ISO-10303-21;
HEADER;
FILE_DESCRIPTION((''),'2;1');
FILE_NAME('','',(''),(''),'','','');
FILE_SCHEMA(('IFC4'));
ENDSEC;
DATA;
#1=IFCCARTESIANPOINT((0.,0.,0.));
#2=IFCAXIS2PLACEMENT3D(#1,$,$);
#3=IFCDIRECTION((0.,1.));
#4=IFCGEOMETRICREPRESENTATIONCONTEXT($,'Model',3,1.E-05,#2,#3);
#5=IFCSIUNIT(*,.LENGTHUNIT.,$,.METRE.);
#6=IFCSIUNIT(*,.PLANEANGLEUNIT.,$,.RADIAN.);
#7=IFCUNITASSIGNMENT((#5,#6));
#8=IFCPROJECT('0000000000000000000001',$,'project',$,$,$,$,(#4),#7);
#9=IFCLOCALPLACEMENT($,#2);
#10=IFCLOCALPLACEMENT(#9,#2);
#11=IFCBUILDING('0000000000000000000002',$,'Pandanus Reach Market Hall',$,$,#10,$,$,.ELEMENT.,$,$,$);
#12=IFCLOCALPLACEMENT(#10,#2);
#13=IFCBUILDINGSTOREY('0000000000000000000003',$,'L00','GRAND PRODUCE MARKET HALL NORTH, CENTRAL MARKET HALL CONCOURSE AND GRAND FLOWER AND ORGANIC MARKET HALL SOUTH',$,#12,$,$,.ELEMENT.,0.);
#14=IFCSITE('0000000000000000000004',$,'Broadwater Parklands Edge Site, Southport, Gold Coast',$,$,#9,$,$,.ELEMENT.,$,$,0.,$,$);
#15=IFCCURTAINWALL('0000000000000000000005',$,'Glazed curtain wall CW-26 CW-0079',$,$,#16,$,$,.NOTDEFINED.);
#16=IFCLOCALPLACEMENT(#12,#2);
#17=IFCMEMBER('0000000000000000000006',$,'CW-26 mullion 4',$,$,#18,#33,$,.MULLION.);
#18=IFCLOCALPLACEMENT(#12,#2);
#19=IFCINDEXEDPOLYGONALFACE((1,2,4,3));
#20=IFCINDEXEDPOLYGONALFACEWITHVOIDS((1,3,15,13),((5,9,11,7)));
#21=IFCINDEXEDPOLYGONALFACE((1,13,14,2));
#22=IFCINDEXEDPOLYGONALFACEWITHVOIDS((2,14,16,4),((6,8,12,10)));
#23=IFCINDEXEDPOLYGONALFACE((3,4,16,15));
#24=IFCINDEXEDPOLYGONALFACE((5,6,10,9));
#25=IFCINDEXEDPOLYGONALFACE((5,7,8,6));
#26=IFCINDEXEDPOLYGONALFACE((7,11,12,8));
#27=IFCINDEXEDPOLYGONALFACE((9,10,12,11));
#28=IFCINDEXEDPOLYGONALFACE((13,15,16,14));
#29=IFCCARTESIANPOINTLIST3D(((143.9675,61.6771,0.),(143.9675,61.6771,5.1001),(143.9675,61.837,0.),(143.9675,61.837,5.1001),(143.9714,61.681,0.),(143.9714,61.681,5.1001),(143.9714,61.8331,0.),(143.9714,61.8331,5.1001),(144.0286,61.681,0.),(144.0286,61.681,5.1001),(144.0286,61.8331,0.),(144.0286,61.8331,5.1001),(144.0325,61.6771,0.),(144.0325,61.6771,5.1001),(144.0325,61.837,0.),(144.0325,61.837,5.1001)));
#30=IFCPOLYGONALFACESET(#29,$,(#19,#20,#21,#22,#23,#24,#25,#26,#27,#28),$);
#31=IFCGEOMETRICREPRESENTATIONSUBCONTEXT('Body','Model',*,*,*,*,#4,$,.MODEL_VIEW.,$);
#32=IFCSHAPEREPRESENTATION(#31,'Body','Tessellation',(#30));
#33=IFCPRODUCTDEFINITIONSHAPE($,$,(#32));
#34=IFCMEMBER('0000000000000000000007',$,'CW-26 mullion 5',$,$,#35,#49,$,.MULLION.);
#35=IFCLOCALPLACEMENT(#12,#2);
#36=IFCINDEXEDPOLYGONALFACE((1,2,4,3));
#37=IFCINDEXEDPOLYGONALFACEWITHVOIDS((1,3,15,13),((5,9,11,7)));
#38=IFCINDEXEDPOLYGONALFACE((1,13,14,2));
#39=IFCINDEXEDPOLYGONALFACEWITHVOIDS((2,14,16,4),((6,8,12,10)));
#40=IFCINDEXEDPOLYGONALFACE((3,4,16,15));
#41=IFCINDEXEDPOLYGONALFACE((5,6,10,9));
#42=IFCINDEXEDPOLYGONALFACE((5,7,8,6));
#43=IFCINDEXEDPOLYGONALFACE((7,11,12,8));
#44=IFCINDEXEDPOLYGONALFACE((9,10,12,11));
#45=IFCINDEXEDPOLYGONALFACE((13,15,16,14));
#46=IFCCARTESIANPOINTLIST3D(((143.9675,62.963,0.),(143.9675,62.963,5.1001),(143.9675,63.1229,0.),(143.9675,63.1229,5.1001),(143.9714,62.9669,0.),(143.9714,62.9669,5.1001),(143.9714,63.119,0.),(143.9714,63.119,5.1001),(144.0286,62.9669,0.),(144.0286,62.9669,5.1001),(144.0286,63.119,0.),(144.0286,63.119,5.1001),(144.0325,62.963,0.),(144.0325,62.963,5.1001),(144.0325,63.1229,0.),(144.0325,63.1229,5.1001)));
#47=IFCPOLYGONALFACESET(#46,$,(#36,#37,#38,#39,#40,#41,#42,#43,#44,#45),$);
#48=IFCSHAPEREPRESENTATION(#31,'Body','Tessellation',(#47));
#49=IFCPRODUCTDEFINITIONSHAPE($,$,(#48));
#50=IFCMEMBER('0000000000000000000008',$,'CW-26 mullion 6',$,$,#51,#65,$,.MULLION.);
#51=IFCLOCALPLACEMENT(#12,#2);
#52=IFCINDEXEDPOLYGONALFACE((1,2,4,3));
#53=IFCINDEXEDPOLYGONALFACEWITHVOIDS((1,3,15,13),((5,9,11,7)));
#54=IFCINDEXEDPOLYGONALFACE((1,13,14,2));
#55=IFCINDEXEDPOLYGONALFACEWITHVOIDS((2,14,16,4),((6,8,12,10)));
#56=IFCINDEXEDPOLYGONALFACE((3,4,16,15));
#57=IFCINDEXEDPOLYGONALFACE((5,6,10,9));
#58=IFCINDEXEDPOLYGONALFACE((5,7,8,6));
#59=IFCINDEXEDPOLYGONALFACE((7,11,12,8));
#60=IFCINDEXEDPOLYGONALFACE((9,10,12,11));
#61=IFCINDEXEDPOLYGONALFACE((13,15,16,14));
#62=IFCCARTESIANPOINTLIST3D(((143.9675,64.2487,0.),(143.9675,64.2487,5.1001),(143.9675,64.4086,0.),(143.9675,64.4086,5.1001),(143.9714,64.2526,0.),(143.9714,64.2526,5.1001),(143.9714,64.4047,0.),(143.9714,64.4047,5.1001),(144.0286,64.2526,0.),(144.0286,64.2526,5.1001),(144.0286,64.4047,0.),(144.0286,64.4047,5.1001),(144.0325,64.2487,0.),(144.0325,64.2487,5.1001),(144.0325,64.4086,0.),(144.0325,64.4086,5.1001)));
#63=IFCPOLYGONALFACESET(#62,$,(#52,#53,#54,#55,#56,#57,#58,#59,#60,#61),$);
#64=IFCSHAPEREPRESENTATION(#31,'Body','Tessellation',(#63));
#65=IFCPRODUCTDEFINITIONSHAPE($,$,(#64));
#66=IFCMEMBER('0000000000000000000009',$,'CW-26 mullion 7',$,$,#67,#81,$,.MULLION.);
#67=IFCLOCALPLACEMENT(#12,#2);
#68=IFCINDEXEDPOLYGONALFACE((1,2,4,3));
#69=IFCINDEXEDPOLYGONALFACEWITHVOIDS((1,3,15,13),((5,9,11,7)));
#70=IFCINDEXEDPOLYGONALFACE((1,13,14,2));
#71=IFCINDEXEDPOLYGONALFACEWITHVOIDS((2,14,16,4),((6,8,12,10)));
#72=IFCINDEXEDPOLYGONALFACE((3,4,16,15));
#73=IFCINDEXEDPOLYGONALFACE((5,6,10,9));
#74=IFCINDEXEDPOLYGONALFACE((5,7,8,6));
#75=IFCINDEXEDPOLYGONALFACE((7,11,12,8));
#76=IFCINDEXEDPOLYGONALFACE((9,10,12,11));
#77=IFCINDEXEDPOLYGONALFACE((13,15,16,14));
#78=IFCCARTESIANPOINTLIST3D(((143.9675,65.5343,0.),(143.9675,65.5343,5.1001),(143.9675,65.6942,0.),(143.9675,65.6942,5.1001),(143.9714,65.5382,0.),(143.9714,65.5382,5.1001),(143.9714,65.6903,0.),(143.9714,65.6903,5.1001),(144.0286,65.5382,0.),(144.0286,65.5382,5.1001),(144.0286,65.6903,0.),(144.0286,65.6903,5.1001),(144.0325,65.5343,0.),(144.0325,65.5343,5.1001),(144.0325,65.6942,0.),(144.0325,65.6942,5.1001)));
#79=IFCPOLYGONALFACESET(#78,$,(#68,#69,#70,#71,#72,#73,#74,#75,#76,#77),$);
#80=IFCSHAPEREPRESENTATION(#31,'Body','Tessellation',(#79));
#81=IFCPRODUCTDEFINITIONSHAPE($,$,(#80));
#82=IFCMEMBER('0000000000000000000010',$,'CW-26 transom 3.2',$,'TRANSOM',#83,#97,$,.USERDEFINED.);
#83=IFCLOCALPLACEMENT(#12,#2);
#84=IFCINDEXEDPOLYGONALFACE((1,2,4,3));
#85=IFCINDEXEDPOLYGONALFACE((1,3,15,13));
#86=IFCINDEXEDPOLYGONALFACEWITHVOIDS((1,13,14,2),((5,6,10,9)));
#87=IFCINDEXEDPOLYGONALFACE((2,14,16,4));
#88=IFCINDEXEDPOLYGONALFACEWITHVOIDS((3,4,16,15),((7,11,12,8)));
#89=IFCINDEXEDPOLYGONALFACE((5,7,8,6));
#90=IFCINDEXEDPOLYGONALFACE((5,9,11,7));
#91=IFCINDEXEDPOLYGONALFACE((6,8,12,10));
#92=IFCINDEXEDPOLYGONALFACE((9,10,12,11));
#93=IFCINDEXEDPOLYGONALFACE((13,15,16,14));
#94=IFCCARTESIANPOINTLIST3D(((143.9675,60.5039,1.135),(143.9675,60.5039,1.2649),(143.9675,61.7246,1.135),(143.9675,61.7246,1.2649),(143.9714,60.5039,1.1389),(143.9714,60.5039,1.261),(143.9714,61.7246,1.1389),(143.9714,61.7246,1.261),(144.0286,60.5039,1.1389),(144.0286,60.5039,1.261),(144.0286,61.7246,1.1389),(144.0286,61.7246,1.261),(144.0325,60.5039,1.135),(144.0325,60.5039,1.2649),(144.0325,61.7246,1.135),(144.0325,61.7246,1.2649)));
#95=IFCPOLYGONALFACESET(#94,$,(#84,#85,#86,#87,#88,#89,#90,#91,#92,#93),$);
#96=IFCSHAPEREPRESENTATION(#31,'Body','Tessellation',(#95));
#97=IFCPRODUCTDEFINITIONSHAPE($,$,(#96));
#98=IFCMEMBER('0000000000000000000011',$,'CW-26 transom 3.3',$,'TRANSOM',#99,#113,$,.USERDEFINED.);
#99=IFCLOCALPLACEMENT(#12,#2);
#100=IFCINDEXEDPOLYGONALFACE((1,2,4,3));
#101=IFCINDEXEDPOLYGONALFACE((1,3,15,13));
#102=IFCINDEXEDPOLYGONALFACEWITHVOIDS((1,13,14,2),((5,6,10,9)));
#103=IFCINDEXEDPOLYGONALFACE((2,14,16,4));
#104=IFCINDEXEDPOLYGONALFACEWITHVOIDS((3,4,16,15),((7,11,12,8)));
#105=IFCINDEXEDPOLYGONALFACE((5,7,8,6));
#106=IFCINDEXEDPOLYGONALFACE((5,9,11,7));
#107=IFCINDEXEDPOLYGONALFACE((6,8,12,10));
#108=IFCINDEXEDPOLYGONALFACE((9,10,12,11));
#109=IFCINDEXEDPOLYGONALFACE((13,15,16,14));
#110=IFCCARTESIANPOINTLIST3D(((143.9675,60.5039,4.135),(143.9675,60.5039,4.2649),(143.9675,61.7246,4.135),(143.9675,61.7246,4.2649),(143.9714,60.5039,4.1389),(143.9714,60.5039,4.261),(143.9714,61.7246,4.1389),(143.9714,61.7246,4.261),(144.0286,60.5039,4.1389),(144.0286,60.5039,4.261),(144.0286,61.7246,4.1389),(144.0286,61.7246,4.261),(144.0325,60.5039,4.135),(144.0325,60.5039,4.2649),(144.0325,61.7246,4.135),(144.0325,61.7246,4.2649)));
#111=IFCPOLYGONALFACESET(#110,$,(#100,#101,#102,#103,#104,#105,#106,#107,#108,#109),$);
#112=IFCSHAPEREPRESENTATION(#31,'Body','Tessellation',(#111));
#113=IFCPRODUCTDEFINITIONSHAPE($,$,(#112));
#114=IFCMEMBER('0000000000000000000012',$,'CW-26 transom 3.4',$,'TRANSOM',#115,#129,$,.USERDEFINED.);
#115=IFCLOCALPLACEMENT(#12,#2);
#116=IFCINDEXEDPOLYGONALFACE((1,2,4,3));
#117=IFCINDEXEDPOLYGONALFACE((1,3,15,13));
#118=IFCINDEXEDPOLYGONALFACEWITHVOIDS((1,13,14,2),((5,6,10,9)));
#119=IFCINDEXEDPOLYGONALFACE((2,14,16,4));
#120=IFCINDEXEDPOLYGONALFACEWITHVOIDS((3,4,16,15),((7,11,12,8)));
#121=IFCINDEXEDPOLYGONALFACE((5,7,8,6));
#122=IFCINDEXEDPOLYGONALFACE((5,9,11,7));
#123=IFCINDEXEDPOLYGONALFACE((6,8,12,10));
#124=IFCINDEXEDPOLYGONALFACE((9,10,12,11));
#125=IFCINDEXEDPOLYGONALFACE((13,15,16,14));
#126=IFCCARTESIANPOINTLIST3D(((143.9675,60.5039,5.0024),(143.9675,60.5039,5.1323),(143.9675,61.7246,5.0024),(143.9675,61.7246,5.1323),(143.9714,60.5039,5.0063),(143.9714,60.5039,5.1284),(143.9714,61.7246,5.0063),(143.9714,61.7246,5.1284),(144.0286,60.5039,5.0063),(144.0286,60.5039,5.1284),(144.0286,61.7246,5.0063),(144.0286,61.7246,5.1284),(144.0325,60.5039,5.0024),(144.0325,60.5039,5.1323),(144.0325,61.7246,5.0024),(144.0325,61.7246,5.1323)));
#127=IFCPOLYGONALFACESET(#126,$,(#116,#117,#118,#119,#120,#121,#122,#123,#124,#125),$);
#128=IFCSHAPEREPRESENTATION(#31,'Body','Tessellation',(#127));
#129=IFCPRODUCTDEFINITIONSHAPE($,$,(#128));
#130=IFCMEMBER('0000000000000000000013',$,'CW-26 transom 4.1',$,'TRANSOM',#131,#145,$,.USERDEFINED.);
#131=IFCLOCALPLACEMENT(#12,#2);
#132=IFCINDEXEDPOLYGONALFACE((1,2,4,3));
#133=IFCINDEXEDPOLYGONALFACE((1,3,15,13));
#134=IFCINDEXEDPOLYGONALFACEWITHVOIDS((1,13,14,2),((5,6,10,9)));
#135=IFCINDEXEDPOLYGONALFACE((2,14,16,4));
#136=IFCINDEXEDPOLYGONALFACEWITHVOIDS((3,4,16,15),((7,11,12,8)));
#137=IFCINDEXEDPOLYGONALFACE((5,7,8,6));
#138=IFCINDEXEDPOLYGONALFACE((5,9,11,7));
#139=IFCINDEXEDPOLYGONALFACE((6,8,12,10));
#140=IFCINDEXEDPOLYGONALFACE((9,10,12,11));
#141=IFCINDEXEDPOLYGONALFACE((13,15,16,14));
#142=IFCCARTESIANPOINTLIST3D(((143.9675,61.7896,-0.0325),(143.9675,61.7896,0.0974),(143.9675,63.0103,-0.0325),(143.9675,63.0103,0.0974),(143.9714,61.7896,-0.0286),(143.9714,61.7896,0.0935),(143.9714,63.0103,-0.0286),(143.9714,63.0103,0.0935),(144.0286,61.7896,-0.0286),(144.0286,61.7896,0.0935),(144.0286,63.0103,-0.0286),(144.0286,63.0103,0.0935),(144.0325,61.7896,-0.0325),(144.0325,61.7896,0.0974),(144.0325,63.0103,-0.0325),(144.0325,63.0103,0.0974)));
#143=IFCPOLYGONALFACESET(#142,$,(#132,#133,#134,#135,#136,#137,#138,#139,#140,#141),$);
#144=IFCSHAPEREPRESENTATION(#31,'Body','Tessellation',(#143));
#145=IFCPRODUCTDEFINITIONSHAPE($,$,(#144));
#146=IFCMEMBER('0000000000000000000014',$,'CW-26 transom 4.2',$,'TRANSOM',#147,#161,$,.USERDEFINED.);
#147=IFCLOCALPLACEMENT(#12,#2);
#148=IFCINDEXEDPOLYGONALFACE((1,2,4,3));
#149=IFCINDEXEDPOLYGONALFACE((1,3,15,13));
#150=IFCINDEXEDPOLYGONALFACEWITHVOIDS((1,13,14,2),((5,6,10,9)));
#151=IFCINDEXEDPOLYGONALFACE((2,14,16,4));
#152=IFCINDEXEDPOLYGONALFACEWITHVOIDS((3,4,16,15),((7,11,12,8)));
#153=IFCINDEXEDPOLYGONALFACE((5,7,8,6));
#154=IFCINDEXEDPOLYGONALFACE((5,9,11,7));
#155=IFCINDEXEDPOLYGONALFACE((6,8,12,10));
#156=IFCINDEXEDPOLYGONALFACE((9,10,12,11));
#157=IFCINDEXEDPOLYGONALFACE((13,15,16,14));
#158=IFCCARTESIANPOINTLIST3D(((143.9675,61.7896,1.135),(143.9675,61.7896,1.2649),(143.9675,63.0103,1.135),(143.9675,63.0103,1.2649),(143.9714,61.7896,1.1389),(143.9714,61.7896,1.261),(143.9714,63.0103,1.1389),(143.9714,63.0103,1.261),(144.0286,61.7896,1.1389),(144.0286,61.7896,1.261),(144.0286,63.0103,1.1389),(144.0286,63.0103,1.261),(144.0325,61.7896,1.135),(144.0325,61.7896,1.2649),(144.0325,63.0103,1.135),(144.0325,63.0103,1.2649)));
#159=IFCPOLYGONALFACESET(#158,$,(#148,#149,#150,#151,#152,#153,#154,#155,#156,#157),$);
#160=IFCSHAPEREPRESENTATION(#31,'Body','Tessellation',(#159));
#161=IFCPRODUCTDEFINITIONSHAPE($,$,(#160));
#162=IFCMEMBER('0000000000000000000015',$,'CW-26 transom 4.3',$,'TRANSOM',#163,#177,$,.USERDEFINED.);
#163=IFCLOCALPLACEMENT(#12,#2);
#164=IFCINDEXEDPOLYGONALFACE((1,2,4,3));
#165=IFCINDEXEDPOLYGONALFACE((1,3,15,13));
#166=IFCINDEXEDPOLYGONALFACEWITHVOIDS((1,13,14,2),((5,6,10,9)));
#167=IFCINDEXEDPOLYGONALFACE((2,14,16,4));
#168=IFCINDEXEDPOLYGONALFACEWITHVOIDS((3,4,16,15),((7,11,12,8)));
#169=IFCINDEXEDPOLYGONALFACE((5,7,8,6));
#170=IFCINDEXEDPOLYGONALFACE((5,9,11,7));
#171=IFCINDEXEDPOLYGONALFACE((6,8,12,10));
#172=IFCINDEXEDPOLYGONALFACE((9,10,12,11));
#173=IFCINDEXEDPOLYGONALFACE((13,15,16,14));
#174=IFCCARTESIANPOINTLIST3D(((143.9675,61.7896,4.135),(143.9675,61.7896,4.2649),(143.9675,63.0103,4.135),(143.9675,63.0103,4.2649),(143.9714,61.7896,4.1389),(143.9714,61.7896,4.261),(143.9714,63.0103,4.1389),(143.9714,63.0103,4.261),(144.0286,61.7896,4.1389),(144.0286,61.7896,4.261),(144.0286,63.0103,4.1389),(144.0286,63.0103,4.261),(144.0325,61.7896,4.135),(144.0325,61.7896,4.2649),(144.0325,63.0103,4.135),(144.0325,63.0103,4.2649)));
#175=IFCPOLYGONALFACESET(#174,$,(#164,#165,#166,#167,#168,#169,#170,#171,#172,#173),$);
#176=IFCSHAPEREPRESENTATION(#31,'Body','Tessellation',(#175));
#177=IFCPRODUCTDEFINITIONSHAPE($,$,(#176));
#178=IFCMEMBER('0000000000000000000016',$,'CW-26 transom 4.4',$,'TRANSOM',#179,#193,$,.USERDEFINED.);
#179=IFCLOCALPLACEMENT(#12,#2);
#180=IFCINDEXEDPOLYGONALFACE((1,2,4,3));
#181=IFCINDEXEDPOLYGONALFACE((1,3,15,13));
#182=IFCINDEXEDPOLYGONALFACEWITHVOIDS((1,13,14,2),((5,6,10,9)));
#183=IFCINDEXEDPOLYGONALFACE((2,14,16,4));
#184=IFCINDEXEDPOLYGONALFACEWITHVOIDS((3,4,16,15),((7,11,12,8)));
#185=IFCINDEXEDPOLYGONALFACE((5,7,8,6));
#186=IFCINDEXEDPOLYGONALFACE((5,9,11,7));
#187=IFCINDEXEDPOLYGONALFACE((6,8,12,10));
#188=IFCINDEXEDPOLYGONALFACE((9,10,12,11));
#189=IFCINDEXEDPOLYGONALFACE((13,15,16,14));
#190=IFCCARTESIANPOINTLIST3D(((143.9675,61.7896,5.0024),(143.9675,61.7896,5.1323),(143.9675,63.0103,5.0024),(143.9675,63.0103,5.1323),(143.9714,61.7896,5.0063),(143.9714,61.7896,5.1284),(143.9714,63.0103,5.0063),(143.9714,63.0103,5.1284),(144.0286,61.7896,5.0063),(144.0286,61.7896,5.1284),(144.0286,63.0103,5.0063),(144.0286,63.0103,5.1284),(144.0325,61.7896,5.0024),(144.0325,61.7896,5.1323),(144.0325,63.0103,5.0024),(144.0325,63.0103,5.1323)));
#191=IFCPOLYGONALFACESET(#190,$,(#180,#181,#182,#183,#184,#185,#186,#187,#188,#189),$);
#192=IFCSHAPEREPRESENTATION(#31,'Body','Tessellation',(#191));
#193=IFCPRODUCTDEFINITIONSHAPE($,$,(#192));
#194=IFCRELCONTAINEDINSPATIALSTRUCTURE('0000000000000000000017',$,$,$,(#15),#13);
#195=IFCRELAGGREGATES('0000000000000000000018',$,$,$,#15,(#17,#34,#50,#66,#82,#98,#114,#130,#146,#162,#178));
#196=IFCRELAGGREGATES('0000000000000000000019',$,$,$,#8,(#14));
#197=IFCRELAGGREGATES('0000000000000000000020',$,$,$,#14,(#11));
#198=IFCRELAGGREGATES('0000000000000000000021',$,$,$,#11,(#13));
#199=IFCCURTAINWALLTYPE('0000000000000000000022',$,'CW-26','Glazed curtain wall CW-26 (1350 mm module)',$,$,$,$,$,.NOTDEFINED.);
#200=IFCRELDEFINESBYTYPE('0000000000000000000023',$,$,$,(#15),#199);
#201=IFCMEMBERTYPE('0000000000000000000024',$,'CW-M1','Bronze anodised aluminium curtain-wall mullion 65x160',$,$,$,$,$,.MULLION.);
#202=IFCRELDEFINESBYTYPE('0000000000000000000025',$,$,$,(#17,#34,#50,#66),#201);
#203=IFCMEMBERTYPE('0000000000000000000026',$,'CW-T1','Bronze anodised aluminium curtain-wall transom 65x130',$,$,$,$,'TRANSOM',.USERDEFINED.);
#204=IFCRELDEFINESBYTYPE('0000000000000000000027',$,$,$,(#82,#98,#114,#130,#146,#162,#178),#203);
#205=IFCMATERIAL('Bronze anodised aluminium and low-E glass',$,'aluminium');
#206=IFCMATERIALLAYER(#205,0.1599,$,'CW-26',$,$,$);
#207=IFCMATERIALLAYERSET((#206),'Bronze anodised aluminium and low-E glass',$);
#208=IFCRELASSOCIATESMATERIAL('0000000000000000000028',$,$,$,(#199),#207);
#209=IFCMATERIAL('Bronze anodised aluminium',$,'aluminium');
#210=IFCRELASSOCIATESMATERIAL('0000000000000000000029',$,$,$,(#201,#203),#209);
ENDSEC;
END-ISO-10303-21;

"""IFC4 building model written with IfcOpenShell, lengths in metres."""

from ifc_helpers import new_model, si_unit, direction, frame, origin, origin_2d, place, context, subcontext, project, spatial, hollow_rectangle, extrude, material, layer, layer_set, material_profile, profile_set, type_object, element, aggregate, save


model = new_model("IFC4")

# Units and contexts
model_context = context("Model", 3, precision=1e-05, world=origin(), true_north=direction((0.0, 1.0)))
body_context = subcontext(model_context, "Body", "Model", "MODEL_VIEW")
ifc_project = project(units=[si_unit("LENGTHUNIT", "METRE"), si_unit("PLANEANGLEUNIT", "RADIAN")], contexts=[model_context])

# Site, building, storey
site_placement = place(None, origin())
site = spatial("IfcSite", under=ifc_project, at=site_placement, Name="Broadwater Parklands Edge Site, Southport, Gold Coast", CompositionType="ELEMENT", RefElevation=0.0)
building_placement = place(site_placement, origin())
building = spatial("IfcBuilding", under=site, at=building_placement, Name="Pandanus Reach Market Hall", CompositionType="ELEMENT")
storey_placement = place(building_placement, origin())
storey = spatial("IfcBuildingStorey", under=building, at=storey_placement, Name="L00", Description="GRAND PRODUCE MARKET HALL NORTH, CENTRAL MARKET HALL CONCOURSE AND GRAND FLOWER AND ORGANIC MARKET HALL SOUTH", CompositionType="ELEMENT", Elevation=0.0)

# Curtain wall, members
ifc_material_1 = material(Name="Bronze anodised aluminium and low-E glass", Category="aluminium")
ifc_layer_1 = layer(ifc_material_1, 0.1599, Name="CW-26")
ifc_layer_set_1 = layer_set([ifc_layer_1], Name="Bronze anodised aluminium and low-E glass")
curtain_wall_type = type_object("IfcCurtainWallType", Name="CW-26", Description="Glazed curtain wall CW-26 (1350 mm module)", PredefinedType="NOTDEFINED", material=ifc_layer_set_1)
curtain_wall_placement = place(storey_placement, origin())
curtain_wall = element("IfcCurtainWall", 1, at=curtain_wall_placement, inside=storey, type_object=curtain_wall_type, Name="Glazed curtain wall CW-26 CW-0079", PredefinedType="NOTDEFINED")
ifc_material_2 = material(Name="Bronze anodised aluminium", Category="aluminium")
ifc_material_profile_1 = material_profile(ifc_material_2, hollow_rectangle(XDim=0.0649, YDim=0.1599, WallThickness=0.0039, at=origin_2d()), Name="ALU65x160", Category="LoadBearing")
ifc_profile_set_1 = profile_set([ifc_material_profile_1], Name="Bronze anodised aluminium")
member_type_1 = type_object("IfcMemberType", Name="CW-M1", Description="Bronze anodised aluminium curtain-wall mullion 65x160", PredefinedType="MULLION", material=ifc_profile_set_1)
member_1_placement = place(storey_placement, frame((144.0, 61.7571, 0.0), z_axis=(0.0, 0.0, 1.0), x_axis=(-1.0, 0.0, 0.0)))
member_1 = element("IfcMember", 2, at=member_1_placement, type_object=member_type_1, Name="CW-26 mullion 4", PredefinedType="MULLION", context=body_context, shape_type="SweptSolid", body=[
    extrude(hollow_rectangle(XDim=0.0649, YDim=0.1599, WallThickness=0.0039, at=origin_2d()), origin(), (0.0, 0.0, 1.0), 5.1001),
])
member_2_placement = place(storey_placement, frame((144.0, 63.043, 0.0), z_axis=(0.0, 0.0, 1.0), x_axis=(-1.0, 0.0, 0.0)))
member_2 = element("IfcMember", 3, at=member_2_placement, type_object=member_type_1, Name="CW-26 mullion 5", PredefinedType="MULLION", context=body_context, shape_type="SweptSolid", body=[
    extrude(hollow_rectangle(XDim=0.0649, YDim=0.1599, WallThickness=0.0039, at=origin_2d()), origin(), (0.0, 0.0, 1.0), 5.1001),
])
member_3_placement = place(storey_placement, frame((144.0, 64.3286, 0.0), z_axis=(0.0, 0.0, 1.0), x_axis=(-1.0, 0.0, 0.0)))
member_3 = element("IfcMember", 4, at=member_3_placement, type_object=member_type_1, Name="CW-26 mullion 6", PredefinedType="MULLION", context=body_context, shape_type="SweptSolid", body=[
    extrude(hollow_rectangle(XDim=0.0649, YDim=0.1599, WallThickness=0.0039, at=origin_2d()), origin(), (0.0, 0.0, 1.0), 5.1001),
])
member_4_placement = place(storey_placement, frame((144.0, 65.6143, 0.0), z_axis=(0.0, 0.0, 1.0), x_axis=(-1.0, 0.0, 0.0)))
member_4 = element("IfcMember", 5, at=member_4_placement, type_object=member_type_1, Name="CW-26 mullion 7", PredefinedType="MULLION", context=body_context, shape_type="SweptSolid", body=[
    extrude(hollow_rectangle(XDim=0.0649, YDim=0.1599, WallThickness=0.0039, at=origin_2d()), origin(), (0.0, 0.0, 1.0), 5.1001),
])
ifc_material_profile_2 = material_profile(ifc_material_2, hollow_rectangle(XDim=0.0649, YDim=0.1299, WallThickness=0.0039, at=origin_2d()), Name="ALU65x130", Category="LoadBearing")
ifc_profile_set_2 = profile_set([ifc_material_profile_2], Name="Bronze anodised aluminium")
member_type_2 = type_object("IfcMemberType", Name="CW-T1", Description="Bronze anodised aluminium curtain-wall transom 65x130", ElementType="TRANSOM", PredefinedType="USERDEFINED", material=ifc_profile_set_2)
member_5_placement = place(storey_placement, frame((144.0, 60.5039, 1.2), z_axis=(0.0, 1.0, 0.0), x_axis=(-1.0, 0.0, 0.0)))
member_5 = element("IfcMember", 6, at=member_5_placement, type_object=member_type_2, Name="CW-26 transom 3.2", ObjectType="TRANSOM", PredefinedType="USERDEFINED", context=body_context, shape_type="SweptSolid", body=[
    extrude(hollow_rectangle(XDim=0.0649, YDim=0.1299, WallThickness=0.0039, at=origin_2d()), origin(), (0.0, 0.0, 1.0), 1.2207),
])
member_6_placement = place(storey_placement, frame((144.0, 60.5039, 4.2), z_axis=(0.0, 1.0, 0.0), x_axis=(-1.0, 0.0, 0.0)))
member_6 = element("IfcMember", 7, at=member_6_placement, type_object=member_type_2, Name="CW-26 transom 3.3", ObjectType="TRANSOM", PredefinedType="USERDEFINED", context=body_context, shape_type="SweptSolid", body=[
    extrude(hollow_rectangle(XDim=0.0649, YDim=0.1299, WallThickness=0.0039, at=origin_2d()), origin(), (0.0, 0.0, 1.0), 1.2207),
])
member_7_placement = place(storey_placement, frame((144.0, 60.5039, 5.0674), z_axis=(0.0, 1.0, 0.0), x_axis=(-1.0, 0.0, 0.0)))
member_7 = element("IfcMember", 8, at=member_7_placement, type_object=member_type_2, Name="CW-26 transom 3.4", ObjectType="TRANSOM", PredefinedType="USERDEFINED", context=body_context, shape_type="SweptSolid", body=[
    extrude(hollow_rectangle(XDim=0.0649, YDim=0.1299, WallThickness=0.0039, at=origin_2d()), origin(), (0.0, 0.0, 1.0), 1.2207),
])
member_8_placement = place(storey_placement, frame((144.0, 61.7896, 0.0325), z_axis=(0.0, 1.0, 0.0), x_axis=(-1.0, 0.0, 0.0)))
member_8 = element("IfcMember", 9, at=member_8_placement, type_object=member_type_2, Name="CW-26 transom 4.1", ObjectType="TRANSOM", PredefinedType="USERDEFINED", context=body_context, shape_type="SweptSolid", body=[
    extrude(hollow_rectangle(XDim=0.0649, YDim=0.1299, WallThickness=0.0039, at=origin_2d()), origin(), (0.0, 0.0, 1.0), 1.2207),
])
member_9_placement = place(storey_placement, frame((144.0, 61.7896, 1.2), z_axis=(0.0, 1.0, 0.0), x_axis=(-1.0, 0.0, 0.0)))
member_9 = element("IfcMember", 10, at=member_9_placement, type_object=member_type_2, Name="CW-26 transom 4.2", ObjectType="TRANSOM", PredefinedType="USERDEFINED", context=body_context, shape_type="SweptSolid", body=[
    extrude(hollow_rectangle(XDim=0.0649, YDim=0.1299, WallThickness=0.0039, at=origin_2d()), origin(), (0.0, 0.0, 1.0), 1.2207),
])
member_10_placement = place(storey_placement, frame((144.0, 61.7896, 4.2), z_axis=(0.0, 1.0, 0.0), x_axis=(-1.0, 0.0, 0.0)))
member_10 = element("IfcMember", 11, at=member_10_placement, type_object=member_type_2, Name="CW-26 transom 4.3", ObjectType="TRANSOM", PredefinedType="USERDEFINED", context=body_context, shape_type="SweptSolid", body=[
    extrude(hollow_rectangle(XDim=0.0649, YDim=0.1299, WallThickness=0.0039, at=origin_2d()), origin(), (0.0, 0.0, 1.0), 1.2207),
])
member_11_placement = place(storey_placement, frame((144.0, 61.7896, 5.0674), z_axis=(0.0, 1.0, 0.0), x_axis=(-1.0, 0.0, 0.0)))
member_11 = element("IfcMember", 12, at=member_11_placement, type_object=member_type_2, Name="CW-26 transom 4.4", ObjectType="TRANSOM", PredefinedType="USERDEFINED", context=body_context, shape_type="SweptSolid", body=[
    extrude(hollow_rectangle(XDim=0.0649, YDim=0.1299, WallThickness=0.0039, at=origin_2d()), origin(), (0.0, 0.0, 1.0), 1.2207),
])
aggregate(curtain_wall, [member_1, member_2, member_3, member_4, member_5, member_6, member_7, member_8, member_9, member_10, member_11])

save(model, "model.ifc")
